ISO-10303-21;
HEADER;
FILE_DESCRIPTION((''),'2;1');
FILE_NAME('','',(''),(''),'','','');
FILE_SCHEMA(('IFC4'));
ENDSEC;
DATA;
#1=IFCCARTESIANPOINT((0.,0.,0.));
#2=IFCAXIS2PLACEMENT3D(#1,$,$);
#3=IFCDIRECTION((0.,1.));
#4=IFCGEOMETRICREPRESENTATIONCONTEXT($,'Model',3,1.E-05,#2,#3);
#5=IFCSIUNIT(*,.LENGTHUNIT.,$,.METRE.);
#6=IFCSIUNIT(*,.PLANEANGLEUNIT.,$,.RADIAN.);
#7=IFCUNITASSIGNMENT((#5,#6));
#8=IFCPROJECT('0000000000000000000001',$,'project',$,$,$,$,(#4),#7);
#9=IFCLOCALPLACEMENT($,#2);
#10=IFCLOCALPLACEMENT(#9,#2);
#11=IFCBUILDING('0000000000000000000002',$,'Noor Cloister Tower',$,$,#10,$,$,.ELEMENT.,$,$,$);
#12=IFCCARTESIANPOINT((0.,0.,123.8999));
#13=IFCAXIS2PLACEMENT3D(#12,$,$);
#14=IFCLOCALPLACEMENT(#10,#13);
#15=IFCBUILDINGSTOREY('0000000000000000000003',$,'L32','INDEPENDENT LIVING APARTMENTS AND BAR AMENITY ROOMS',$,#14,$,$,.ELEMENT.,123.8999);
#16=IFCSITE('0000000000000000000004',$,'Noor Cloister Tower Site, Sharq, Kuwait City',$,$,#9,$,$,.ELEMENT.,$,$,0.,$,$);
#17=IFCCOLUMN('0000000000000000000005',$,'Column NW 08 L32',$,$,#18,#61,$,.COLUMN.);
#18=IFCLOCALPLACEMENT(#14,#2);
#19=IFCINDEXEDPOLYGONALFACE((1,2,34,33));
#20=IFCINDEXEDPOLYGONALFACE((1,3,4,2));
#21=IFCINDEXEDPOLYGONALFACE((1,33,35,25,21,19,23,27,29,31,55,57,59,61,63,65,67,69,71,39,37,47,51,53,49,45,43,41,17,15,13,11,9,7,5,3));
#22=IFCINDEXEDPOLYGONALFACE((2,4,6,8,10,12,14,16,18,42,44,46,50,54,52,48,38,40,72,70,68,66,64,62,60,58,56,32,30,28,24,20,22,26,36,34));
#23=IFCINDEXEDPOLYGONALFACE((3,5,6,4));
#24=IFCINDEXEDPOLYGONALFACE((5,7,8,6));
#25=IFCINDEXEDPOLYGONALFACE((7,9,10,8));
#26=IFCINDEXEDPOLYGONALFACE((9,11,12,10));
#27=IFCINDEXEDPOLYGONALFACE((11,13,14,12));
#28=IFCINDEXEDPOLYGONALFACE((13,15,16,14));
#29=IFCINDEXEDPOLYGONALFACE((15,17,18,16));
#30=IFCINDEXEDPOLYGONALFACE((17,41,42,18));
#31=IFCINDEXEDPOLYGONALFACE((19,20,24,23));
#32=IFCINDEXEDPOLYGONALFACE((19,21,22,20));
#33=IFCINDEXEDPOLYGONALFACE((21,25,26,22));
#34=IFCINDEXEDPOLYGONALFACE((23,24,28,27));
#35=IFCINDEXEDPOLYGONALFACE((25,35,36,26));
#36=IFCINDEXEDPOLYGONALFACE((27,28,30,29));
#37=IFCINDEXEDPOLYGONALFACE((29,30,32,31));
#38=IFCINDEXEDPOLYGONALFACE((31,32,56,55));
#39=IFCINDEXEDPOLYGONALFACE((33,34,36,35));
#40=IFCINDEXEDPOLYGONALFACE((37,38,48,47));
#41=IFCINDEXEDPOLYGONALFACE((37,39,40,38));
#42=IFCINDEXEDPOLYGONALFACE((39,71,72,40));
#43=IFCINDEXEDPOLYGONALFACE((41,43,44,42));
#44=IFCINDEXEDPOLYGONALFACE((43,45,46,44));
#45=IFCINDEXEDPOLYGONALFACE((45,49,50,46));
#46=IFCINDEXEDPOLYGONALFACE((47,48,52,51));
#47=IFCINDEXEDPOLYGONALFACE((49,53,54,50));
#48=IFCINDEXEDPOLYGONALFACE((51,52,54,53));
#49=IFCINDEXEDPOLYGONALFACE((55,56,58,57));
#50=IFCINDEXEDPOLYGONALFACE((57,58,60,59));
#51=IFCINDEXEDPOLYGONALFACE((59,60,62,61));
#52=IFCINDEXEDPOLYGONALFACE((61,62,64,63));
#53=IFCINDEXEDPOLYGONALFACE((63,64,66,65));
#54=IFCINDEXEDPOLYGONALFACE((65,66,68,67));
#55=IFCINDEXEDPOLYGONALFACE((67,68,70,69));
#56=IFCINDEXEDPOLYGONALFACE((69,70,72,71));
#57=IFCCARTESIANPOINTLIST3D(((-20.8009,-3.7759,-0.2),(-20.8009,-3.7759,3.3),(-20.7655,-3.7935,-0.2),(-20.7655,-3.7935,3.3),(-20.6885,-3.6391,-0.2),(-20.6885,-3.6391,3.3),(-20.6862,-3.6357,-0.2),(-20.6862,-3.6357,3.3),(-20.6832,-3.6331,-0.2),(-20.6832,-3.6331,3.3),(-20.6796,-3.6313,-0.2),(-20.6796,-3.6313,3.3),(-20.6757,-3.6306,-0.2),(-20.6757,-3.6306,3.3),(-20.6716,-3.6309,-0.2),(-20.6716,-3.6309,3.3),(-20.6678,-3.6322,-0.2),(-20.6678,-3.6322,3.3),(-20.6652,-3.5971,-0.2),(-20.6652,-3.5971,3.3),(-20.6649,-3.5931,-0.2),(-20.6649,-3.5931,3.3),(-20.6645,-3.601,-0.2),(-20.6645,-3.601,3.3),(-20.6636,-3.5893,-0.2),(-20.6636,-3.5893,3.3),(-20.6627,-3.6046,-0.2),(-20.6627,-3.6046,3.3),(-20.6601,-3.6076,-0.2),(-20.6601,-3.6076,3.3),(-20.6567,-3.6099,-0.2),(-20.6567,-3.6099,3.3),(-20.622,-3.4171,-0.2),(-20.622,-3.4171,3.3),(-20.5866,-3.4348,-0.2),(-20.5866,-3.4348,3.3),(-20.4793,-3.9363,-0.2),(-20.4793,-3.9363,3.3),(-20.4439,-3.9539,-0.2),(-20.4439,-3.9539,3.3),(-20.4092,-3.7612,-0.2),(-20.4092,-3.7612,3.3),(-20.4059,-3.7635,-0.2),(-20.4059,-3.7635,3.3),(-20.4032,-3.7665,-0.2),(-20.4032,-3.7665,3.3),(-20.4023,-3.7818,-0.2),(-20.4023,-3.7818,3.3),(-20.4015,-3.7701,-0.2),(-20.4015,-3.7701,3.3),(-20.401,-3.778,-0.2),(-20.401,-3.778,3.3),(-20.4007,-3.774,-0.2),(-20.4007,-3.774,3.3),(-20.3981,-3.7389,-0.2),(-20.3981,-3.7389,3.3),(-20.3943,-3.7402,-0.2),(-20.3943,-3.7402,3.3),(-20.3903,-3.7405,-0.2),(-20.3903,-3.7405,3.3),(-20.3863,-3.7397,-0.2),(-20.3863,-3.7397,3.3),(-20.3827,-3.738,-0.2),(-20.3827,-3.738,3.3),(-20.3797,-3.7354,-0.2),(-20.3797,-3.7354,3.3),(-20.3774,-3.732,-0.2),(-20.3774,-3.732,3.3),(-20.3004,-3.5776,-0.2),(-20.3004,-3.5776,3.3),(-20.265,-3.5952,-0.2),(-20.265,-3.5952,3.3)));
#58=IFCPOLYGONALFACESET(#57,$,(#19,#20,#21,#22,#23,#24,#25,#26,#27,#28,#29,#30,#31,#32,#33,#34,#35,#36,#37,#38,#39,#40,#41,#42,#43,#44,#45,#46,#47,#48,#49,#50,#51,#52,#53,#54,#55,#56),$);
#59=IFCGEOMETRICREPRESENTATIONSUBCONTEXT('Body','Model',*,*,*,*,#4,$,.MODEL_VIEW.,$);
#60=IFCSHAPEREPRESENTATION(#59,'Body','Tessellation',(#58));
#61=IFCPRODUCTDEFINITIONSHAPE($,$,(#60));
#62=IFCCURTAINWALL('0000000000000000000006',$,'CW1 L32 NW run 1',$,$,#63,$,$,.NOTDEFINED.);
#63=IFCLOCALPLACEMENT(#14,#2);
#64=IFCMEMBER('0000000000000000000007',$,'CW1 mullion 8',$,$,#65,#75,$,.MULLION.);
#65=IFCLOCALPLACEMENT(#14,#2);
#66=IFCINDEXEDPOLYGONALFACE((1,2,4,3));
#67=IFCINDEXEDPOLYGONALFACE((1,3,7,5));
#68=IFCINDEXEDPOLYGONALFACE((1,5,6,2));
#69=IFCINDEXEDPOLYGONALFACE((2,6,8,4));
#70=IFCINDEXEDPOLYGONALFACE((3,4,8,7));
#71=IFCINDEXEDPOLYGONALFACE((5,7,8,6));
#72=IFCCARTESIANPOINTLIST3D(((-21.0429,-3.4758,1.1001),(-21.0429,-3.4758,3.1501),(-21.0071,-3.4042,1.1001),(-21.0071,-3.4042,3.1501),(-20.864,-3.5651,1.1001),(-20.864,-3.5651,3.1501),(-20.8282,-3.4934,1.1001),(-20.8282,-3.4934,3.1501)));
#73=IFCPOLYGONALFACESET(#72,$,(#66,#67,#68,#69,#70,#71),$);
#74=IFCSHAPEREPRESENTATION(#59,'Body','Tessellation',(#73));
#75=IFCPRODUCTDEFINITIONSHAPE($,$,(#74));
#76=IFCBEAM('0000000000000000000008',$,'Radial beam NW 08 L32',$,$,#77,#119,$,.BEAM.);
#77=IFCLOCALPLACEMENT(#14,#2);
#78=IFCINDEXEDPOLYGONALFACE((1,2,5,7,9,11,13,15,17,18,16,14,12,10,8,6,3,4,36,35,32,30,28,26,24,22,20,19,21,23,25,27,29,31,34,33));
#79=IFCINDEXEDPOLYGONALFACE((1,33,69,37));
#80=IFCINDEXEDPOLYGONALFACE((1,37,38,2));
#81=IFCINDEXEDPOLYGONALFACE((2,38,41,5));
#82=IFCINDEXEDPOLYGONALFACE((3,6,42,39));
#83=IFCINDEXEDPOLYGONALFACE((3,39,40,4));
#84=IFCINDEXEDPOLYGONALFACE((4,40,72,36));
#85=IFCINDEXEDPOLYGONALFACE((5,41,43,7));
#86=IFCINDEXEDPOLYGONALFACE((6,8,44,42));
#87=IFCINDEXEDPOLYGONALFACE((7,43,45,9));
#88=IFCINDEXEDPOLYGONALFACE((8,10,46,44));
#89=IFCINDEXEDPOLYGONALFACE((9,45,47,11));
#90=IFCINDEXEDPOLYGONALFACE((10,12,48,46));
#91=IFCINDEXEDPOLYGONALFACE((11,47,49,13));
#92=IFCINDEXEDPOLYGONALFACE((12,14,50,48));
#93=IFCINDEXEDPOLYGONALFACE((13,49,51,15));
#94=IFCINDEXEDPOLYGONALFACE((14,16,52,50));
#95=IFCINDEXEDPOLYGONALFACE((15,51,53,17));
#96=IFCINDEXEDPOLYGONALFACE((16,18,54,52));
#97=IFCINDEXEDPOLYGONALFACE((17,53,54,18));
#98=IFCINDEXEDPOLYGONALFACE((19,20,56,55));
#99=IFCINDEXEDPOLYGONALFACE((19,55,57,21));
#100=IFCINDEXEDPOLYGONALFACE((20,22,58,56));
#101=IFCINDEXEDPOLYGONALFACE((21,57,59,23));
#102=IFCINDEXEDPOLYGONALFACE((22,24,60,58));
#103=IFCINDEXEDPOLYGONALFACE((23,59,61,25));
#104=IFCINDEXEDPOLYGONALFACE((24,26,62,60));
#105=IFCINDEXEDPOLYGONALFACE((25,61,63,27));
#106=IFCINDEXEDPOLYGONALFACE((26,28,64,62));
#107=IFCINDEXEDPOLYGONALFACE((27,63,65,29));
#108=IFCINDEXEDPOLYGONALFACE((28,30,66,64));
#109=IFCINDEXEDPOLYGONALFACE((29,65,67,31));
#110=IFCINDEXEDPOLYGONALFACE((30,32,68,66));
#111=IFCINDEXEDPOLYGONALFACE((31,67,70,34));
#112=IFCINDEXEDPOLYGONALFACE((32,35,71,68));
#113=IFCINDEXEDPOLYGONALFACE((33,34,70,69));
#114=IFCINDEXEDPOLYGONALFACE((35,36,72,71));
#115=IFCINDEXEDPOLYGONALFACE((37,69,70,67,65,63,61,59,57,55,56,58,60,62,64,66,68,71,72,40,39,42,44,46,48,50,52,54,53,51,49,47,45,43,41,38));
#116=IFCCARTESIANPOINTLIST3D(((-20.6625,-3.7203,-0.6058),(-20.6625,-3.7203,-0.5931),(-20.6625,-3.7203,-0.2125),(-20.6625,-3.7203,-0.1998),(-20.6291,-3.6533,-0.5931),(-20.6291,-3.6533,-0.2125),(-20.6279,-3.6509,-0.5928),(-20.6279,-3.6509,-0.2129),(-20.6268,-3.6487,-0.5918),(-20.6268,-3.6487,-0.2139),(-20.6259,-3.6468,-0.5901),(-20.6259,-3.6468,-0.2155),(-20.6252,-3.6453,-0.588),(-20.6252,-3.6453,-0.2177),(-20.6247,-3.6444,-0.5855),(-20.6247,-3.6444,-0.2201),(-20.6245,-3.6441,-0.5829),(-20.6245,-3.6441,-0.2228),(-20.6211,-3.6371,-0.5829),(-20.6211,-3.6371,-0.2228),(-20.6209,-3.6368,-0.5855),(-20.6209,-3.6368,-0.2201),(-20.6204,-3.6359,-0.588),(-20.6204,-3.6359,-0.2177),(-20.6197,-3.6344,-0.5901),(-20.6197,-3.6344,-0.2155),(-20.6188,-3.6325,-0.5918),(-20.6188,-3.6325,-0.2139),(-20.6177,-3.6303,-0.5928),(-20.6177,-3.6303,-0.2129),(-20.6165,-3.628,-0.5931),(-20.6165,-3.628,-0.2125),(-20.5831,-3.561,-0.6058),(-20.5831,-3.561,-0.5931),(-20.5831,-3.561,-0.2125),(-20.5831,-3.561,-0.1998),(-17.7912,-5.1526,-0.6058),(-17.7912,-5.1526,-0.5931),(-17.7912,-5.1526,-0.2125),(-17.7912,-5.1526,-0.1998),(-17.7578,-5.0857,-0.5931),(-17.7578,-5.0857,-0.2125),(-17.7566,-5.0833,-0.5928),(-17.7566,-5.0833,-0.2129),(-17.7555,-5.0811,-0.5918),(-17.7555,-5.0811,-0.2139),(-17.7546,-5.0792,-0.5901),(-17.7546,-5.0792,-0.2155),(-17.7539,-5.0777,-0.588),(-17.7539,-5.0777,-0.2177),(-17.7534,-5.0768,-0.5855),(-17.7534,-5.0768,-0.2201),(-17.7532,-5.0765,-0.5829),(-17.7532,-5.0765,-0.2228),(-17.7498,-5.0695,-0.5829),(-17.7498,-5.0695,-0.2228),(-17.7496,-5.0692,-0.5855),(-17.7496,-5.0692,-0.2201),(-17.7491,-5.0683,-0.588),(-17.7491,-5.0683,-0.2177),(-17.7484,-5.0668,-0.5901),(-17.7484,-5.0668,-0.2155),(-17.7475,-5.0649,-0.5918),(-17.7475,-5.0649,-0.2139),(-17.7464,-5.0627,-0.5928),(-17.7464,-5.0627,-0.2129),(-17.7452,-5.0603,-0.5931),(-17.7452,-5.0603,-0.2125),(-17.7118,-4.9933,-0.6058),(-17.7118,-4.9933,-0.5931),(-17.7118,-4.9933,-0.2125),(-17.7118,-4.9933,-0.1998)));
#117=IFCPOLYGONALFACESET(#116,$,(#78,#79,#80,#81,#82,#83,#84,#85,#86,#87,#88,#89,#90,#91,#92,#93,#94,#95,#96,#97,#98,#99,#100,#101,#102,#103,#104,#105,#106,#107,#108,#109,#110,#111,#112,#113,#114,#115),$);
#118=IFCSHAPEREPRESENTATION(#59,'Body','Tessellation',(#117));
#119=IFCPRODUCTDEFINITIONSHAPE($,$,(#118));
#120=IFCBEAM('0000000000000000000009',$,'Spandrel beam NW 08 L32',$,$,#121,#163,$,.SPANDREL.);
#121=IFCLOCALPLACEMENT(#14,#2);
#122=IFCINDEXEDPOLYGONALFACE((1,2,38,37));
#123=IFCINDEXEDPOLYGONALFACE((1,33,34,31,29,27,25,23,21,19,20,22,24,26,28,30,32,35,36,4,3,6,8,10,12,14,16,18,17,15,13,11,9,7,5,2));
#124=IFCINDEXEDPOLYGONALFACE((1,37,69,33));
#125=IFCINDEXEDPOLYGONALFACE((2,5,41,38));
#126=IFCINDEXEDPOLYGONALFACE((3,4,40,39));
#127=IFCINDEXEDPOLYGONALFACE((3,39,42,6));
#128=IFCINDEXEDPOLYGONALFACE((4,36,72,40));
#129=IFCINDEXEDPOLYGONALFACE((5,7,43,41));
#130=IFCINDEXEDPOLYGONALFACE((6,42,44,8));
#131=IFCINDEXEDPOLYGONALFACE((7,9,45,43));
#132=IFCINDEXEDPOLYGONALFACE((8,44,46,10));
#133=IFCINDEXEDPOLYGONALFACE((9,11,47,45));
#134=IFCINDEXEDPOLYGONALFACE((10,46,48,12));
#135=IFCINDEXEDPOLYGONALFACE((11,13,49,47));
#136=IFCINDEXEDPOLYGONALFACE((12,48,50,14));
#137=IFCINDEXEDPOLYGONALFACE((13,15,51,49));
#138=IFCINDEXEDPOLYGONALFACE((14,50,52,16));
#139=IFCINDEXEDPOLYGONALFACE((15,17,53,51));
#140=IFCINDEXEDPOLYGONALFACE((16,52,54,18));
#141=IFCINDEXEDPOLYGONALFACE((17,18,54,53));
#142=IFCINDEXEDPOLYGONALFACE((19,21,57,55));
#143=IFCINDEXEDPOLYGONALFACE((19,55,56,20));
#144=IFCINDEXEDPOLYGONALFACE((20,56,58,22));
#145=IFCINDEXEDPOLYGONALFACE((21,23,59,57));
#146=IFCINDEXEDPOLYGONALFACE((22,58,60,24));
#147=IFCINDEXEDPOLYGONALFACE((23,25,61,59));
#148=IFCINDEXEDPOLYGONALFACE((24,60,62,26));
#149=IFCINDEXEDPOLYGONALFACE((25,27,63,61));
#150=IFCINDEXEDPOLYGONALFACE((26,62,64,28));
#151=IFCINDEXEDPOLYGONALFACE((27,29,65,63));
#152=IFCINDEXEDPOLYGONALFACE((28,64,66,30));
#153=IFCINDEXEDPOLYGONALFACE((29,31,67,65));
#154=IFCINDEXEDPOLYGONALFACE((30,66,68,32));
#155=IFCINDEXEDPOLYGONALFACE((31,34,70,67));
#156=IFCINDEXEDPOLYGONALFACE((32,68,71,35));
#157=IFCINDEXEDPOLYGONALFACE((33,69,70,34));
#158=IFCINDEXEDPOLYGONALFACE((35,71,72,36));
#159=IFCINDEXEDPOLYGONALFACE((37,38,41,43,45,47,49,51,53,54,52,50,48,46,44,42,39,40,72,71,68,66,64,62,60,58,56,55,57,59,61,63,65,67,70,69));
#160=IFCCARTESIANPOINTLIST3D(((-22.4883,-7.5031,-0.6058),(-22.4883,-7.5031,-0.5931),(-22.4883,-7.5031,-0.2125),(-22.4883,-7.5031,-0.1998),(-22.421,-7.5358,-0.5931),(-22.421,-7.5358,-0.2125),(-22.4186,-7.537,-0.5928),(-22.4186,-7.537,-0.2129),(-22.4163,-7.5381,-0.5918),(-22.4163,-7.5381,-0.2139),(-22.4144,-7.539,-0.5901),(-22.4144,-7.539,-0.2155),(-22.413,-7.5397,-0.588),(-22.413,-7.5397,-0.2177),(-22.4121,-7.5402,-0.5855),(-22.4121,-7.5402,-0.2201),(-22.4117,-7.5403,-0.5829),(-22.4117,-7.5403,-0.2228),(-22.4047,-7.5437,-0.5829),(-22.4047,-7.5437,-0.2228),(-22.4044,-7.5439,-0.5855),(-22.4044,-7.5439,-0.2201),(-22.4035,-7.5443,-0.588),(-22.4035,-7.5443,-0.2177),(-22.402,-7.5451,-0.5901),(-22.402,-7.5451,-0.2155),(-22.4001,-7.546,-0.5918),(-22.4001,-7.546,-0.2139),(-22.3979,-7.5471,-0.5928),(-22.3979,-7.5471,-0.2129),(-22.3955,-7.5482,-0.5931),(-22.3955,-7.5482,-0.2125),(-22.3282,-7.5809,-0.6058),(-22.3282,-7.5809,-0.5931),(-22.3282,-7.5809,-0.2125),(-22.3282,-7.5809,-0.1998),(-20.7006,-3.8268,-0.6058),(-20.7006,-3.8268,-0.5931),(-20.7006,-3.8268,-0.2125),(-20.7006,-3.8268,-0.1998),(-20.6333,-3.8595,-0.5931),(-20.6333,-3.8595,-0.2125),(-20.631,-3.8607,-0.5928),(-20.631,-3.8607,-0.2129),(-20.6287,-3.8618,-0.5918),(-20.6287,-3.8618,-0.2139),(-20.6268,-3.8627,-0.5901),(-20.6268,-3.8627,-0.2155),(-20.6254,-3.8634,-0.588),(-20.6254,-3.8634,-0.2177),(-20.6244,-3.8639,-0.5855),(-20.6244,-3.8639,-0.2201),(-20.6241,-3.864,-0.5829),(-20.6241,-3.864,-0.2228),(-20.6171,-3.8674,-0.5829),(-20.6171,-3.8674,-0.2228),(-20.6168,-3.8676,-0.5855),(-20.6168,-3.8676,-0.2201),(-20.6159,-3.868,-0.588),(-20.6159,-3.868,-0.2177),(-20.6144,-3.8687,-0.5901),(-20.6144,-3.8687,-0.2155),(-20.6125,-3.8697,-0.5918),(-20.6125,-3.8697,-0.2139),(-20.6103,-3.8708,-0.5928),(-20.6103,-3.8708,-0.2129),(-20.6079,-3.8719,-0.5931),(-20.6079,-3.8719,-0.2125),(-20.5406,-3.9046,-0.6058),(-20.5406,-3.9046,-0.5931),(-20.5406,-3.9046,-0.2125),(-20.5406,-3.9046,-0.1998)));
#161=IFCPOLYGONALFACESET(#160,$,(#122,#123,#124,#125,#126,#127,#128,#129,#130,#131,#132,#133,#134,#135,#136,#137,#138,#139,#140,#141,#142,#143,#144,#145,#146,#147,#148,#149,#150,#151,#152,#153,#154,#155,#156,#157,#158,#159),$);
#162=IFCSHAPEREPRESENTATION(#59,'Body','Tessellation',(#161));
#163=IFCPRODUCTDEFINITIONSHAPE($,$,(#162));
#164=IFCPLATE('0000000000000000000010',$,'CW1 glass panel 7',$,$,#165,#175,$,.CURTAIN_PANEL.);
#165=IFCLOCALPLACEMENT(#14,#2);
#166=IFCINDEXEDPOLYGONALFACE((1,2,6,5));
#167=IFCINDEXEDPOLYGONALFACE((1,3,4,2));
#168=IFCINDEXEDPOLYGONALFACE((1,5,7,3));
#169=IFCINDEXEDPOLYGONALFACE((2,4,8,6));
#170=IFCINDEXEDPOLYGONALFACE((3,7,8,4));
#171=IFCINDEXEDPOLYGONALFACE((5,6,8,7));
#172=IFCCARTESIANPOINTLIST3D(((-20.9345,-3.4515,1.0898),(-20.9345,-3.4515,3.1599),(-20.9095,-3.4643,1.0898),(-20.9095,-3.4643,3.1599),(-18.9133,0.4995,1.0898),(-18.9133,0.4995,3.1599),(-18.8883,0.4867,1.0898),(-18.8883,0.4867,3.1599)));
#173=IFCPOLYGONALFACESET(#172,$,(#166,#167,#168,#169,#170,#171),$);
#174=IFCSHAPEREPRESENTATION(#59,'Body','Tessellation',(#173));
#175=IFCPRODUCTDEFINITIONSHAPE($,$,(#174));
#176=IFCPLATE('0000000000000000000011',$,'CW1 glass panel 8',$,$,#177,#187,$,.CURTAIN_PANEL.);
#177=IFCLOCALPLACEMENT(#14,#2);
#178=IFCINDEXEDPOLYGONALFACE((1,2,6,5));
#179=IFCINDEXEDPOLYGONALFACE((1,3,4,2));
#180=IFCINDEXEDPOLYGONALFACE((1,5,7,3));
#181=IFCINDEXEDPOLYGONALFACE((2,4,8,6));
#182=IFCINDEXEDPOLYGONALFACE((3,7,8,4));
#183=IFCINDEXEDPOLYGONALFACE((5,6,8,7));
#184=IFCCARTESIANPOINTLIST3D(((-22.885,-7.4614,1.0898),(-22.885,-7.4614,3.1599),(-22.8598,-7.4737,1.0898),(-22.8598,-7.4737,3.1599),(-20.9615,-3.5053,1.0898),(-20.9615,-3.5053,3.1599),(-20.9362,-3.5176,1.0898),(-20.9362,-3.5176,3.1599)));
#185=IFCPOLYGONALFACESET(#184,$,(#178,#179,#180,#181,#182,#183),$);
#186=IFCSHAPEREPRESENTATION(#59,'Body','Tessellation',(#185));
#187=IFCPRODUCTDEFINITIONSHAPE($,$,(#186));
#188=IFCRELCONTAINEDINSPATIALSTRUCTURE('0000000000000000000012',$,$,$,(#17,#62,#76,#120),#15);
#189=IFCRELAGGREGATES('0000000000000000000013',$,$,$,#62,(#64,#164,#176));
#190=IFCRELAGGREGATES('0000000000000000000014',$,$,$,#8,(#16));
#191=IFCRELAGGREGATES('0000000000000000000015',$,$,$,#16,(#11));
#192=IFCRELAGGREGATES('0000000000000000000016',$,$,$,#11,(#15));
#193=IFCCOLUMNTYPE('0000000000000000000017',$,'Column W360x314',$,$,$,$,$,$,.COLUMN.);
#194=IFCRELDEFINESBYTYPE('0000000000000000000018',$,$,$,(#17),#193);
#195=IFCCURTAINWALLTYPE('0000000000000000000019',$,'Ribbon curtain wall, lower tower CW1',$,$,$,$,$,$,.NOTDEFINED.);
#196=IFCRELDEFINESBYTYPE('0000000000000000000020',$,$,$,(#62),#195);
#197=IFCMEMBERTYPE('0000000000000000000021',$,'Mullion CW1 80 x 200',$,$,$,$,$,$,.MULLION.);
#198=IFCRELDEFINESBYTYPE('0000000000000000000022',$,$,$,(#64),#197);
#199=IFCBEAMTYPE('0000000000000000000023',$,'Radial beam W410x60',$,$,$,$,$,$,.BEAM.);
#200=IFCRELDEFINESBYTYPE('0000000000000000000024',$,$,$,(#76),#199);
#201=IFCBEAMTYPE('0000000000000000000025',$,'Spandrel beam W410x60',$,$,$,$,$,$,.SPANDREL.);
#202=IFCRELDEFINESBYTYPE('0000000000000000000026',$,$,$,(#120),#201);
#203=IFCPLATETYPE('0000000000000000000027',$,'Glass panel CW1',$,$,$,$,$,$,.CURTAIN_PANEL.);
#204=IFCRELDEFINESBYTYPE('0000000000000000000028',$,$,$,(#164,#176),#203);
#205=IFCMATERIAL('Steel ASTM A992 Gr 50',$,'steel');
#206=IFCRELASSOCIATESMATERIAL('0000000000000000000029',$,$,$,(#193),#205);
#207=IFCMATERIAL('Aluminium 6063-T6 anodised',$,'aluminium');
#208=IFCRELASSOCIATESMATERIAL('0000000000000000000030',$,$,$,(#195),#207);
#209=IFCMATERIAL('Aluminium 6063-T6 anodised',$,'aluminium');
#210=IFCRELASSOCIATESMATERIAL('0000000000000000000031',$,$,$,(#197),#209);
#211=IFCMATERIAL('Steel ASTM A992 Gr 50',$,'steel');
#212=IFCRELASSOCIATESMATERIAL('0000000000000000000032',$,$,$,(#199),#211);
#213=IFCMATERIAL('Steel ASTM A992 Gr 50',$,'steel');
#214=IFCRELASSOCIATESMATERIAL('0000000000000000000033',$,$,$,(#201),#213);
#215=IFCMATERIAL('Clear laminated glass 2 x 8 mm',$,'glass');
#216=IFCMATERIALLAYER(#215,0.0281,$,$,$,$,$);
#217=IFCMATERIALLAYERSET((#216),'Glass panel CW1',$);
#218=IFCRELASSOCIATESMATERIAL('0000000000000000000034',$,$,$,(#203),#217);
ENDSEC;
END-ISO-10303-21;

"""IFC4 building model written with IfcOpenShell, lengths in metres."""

from ifc_helpers import new_model, si_unit, direction, frame, origin, origin_2d, place, context, subcontext, project, spatial, rectangle, i_section, extrude, material, layer, layer_set, material_profile, profile_set, type_object, element, aggregate, save


model = new_model("IFC4")

# Units and contexts
model_context = context("Model", 3, precision=1e-05, world=origin(), true_north=direction((0.0, 1.0)))
body_context = subcontext(model_context, "Body", "Model", "MODEL_VIEW")
ifc_project = project(units=[si_unit("LENGTHUNIT", "METRE"), si_unit("PLANEANGLEUNIT", "RADIAN")], contexts=[model_context])

# Site, building, storey
site_placement = place(None, origin())
site = spatial("IfcSite", under=ifc_project, at=site_placement, Name="Noor Cloister Tower Site, Sharq, Kuwait City", CompositionType="ELEMENT", RefElevation=0.0)
building_placement = place(site_placement, origin())
building = spatial("IfcBuilding", under=site, at=building_placement, Name="Noor Cloister Tower", CompositionType="ELEMENT")
storey_placement = place(building_placement, frame((0.0, 0.0, 123.8999)))
storey = spatial("IfcBuildingStorey", under=building, at=storey_placement, Name="L32", Description="INDEPENDENT LIVING APARTMENTS AND BAR AMENITY ROOMS", CompositionType="ELEMENT", Elevation=123.8999)

# Column
ifc_material_1 = material(Name="Steel ASTM A992 Gr 50", Category="steel")
ifc_material_profile_1 = material_profile(ifc_material_1, i_section(OverallWidth=0.4009, OverallDepth=0.3989, WebThickness=0.0249, FlangeThickness=0.0396, FilletRadius=0.0154, at=origin_2d()), Name="W360x314")
ifc_profile_set_1 = profile_set([ifc_material_profile_1], Name="Steel ASTM A992 Gr 50")
column_type = type_object("IfcColumnType", Name="Column W360x314", PredefinedType="COLUMN", material=ifc_profile_set_1)
column_placement = place(storey_placement, frame((-20.533, -3.6855, -0.2), z_axis=(0.0, 0.0, 1.0), x_axis=(-0.446379, -0.894844, 0.0)))
element("IfcColumn", 1, at=column_placement, inside=storey, type_object=column_type, Name="Column NW 08 L32", PredefinedType="COLUMN", context=body_context, shape_type="SweptSolid", body=[
    extrude(i_section(OverallWidth=0.4009, OverallDepth=0.3989, WebThickness=0.0249, FlangeThickness=0.0396, FilletRadius=0.0154, at=origin_2d()), origin(), (0.0, 0.0, 1.0), 3.5),
])

# Curtain wall, member
ifc_material_2 = material(Name="Aluminium 6063-T6 anodised", Category="aluminium")
curtain_wall_type = type_object("IfcCurtainWallType", Name="Ribbon curtain wall, lower tower CW1", PredefinedType="NOTDEFINED", material=ifc_material_2)
curtain_wall_placement = place(storey_placement, origin())
curtain_wall = element("IfcCurtainWall", 2, at=curtain_wall_placement, inside=storey, type_object=curtain_wall_type, Name="CW1 L32 NW run 1", PredefinedType="NOTDEFINED")
ifc_material_3 = material(Name="Aluminium 6063-T6 anodised", Category="aluminium")
ifc_material_profile_2 = material_profile(ifc_material_3, rectangle(XDim=0.2, YDim=0.0801, at=origin_2d()), Name="200 x 80 mullion")
ifc_profile_set_2 = profile_set([ifc_material_profile_2], Name="Aluminium 6063-T6 anodised")
member_type = type_object("IfcMemberType", Name="Mullion CW1 80 x 200", PredefinedType="MULLION", material=ifc_profile_set_2)
member_placement = place(storey_placement, frame((-20.9355, -3.4846, 1.1001), z_axis=(0.0, 0.0, 1.0), x_axis=(0.894844, -0.446379, 0.0)))
member = element("IfcMember", 3, at=member_placement, type_object=member_type, Name="CW1 mullion 8", PredefinedType="MULLION", context=body_context, shape_type="SweptSolid", body=[
    extrude(rectangle(XDim=0.2, YDim=0.0801, at=origin_2d()), origin(), (0.0, 0.0, 1.0), 2.05),
])

# Beams
ifc_material_4 = material(Name="Steel ASTM A992 Gr 50", Category="steel")
ifc_material_profile_3 = material_profile(ifc_material_4, i_section(OverallWidth=0.178, OverallDepth=0.406, WebThickness=0.0078, FlangeThickness=0.0127, FilletRadius=0.0103, at=origin_2d()), Name="W410x60")
ifc_profile_set_3 = profile_set([ifc_material_profile_3], Name="Steel ASTM A992 Gr 50")
beam_type_1 = type_object("IfcBeamType", Name="Radial beam W410x60", PredefinedType="BEAM", material=ifc_profile_set_3)
beam_1_placement = place(storey_placement, frame((-20.6228, -3.6406, -0.4028), z_axis=(0.894838, -0.446392, 0.0), x_axis=(0.446392, 0.894838, 0.0)))
element("IfcBeam", 4, at=beam_1_placement, inside=storey, type_object=beam_type_1, Name="Radial beam NW 08 L32", PredefinedType="BEAM", context=body_context, shape_type="SweptSolid", body=[
    extrude(i_section(OverallWidth=0.178, OverallDepth=0.406, WebThickness=0.0078, FlangeThickness=0.0127, FilletRadius=0.0103, at=origin_2d()), origin(), (0.0, 0.0, 1.0), 3.2087),
])
ifc_material_5 = material(Name="Steel ASTM A992 Gr 50", Category="steel")
ifc_material_profile_4 = material_profile(ifc_material_5, i_section(OverallWidth=0.178, OverallDepth=0.406, WebThickness=0.0078, FlangeThickness=0.0127, FilletRadius=0.0103, at=origin_2d()), Name="W410x60")
ifc_profile_set_4 = profile_set([ifc_material_profile_4], Name="Steel ASTM A992 Gr 50")
beam_type_2 = type_object("IfcBeamType", Name="Spandrel beam W410x60", PredefinedType="SPANDREL", material=ifc_profile_set_4)
beam_2_placement = place(storey_placement, frame((-20.6206, -3.8657, -0.4028), z_axis=(-0.437296, -0.899318, 0.0), x_axis=(0.899318, -0.437296, 0.0)))
element("IfcBeam", 5, at=beam_2_placement, inside=storey, type_object=beam_type_2, Name="Spandrel beam NW 08 L32", PredefinedType="SPANDREL", context=body_context, shape_type="SweptSolid", body=[
    extrude(i_section(OverallWidth=0.178, OverallDepth=0.406, WebThickness=0.0078, FlangeThickness=0.0127, FilletRadius=0.0103, at=origin_2d()), origin(), (0.0, 0.0, 1.0), 4.0879),
])

# Plates
ifc_material_6 = material(Name="Clear laminated glass 2 x 8 mm", Category="glass")
ifc_layer_1 = layer(ifc_material_6, 0.0281)
ifc_layer_set_1 = layer_set([ifc_layer_1], Name="Glass panel CW1")
plate_type = type_object("IfcPlateType", Name="Glass panel CW1", PredefinedType="CURTAIN_PANEL", material=ifc_layer_set_1)
plate_1_placement = place(storey_placement, frame((-19.9114, -1.4824, 1.0898), z_axis=(0.0, 0.0, 1.0), x_axis=(-0.455436, -0.890269, 0.0)))
plate_1 = element("IfcPlate", 6, at=plate_1_placement, type_object=plate_type, Name="CW1 glass panel 7", PredefinedType="CURTAIN_PANEL", context=body_context, shape_type="SweptSolid", body=[
    extrude(rectangle(XDim=4.438, YDim=0.0281, at=origin_2d()), origin(), (0.0, 0.0, 1.0), 2.0701),
])
plate_2_placement = place(storey_placement, frame((-21.9106, -5.4895, 1.0898), z_axis=(0.0, 0.0, 1.0), x_axis=(-0.437276, -0.899328, 0.0)))
plate_2 = element("IfcPlate", 7, at=plate_2_placement, type_object=plate_type, Name="CW1 glass panel 8", PredefinedType="CURTAIN_PANEL", context=body_context, shape_type="SweptSolid", body=[
    extrude(rectangle(XDim=4.3989, YDim=0.0281, at=origin_2d()), origin(), (0.0, 0.0, 1.0), 2.0701),
])
aggregate(curtain_wall, [member, plate_1, plate_2])

save(model, "model.ifc")
